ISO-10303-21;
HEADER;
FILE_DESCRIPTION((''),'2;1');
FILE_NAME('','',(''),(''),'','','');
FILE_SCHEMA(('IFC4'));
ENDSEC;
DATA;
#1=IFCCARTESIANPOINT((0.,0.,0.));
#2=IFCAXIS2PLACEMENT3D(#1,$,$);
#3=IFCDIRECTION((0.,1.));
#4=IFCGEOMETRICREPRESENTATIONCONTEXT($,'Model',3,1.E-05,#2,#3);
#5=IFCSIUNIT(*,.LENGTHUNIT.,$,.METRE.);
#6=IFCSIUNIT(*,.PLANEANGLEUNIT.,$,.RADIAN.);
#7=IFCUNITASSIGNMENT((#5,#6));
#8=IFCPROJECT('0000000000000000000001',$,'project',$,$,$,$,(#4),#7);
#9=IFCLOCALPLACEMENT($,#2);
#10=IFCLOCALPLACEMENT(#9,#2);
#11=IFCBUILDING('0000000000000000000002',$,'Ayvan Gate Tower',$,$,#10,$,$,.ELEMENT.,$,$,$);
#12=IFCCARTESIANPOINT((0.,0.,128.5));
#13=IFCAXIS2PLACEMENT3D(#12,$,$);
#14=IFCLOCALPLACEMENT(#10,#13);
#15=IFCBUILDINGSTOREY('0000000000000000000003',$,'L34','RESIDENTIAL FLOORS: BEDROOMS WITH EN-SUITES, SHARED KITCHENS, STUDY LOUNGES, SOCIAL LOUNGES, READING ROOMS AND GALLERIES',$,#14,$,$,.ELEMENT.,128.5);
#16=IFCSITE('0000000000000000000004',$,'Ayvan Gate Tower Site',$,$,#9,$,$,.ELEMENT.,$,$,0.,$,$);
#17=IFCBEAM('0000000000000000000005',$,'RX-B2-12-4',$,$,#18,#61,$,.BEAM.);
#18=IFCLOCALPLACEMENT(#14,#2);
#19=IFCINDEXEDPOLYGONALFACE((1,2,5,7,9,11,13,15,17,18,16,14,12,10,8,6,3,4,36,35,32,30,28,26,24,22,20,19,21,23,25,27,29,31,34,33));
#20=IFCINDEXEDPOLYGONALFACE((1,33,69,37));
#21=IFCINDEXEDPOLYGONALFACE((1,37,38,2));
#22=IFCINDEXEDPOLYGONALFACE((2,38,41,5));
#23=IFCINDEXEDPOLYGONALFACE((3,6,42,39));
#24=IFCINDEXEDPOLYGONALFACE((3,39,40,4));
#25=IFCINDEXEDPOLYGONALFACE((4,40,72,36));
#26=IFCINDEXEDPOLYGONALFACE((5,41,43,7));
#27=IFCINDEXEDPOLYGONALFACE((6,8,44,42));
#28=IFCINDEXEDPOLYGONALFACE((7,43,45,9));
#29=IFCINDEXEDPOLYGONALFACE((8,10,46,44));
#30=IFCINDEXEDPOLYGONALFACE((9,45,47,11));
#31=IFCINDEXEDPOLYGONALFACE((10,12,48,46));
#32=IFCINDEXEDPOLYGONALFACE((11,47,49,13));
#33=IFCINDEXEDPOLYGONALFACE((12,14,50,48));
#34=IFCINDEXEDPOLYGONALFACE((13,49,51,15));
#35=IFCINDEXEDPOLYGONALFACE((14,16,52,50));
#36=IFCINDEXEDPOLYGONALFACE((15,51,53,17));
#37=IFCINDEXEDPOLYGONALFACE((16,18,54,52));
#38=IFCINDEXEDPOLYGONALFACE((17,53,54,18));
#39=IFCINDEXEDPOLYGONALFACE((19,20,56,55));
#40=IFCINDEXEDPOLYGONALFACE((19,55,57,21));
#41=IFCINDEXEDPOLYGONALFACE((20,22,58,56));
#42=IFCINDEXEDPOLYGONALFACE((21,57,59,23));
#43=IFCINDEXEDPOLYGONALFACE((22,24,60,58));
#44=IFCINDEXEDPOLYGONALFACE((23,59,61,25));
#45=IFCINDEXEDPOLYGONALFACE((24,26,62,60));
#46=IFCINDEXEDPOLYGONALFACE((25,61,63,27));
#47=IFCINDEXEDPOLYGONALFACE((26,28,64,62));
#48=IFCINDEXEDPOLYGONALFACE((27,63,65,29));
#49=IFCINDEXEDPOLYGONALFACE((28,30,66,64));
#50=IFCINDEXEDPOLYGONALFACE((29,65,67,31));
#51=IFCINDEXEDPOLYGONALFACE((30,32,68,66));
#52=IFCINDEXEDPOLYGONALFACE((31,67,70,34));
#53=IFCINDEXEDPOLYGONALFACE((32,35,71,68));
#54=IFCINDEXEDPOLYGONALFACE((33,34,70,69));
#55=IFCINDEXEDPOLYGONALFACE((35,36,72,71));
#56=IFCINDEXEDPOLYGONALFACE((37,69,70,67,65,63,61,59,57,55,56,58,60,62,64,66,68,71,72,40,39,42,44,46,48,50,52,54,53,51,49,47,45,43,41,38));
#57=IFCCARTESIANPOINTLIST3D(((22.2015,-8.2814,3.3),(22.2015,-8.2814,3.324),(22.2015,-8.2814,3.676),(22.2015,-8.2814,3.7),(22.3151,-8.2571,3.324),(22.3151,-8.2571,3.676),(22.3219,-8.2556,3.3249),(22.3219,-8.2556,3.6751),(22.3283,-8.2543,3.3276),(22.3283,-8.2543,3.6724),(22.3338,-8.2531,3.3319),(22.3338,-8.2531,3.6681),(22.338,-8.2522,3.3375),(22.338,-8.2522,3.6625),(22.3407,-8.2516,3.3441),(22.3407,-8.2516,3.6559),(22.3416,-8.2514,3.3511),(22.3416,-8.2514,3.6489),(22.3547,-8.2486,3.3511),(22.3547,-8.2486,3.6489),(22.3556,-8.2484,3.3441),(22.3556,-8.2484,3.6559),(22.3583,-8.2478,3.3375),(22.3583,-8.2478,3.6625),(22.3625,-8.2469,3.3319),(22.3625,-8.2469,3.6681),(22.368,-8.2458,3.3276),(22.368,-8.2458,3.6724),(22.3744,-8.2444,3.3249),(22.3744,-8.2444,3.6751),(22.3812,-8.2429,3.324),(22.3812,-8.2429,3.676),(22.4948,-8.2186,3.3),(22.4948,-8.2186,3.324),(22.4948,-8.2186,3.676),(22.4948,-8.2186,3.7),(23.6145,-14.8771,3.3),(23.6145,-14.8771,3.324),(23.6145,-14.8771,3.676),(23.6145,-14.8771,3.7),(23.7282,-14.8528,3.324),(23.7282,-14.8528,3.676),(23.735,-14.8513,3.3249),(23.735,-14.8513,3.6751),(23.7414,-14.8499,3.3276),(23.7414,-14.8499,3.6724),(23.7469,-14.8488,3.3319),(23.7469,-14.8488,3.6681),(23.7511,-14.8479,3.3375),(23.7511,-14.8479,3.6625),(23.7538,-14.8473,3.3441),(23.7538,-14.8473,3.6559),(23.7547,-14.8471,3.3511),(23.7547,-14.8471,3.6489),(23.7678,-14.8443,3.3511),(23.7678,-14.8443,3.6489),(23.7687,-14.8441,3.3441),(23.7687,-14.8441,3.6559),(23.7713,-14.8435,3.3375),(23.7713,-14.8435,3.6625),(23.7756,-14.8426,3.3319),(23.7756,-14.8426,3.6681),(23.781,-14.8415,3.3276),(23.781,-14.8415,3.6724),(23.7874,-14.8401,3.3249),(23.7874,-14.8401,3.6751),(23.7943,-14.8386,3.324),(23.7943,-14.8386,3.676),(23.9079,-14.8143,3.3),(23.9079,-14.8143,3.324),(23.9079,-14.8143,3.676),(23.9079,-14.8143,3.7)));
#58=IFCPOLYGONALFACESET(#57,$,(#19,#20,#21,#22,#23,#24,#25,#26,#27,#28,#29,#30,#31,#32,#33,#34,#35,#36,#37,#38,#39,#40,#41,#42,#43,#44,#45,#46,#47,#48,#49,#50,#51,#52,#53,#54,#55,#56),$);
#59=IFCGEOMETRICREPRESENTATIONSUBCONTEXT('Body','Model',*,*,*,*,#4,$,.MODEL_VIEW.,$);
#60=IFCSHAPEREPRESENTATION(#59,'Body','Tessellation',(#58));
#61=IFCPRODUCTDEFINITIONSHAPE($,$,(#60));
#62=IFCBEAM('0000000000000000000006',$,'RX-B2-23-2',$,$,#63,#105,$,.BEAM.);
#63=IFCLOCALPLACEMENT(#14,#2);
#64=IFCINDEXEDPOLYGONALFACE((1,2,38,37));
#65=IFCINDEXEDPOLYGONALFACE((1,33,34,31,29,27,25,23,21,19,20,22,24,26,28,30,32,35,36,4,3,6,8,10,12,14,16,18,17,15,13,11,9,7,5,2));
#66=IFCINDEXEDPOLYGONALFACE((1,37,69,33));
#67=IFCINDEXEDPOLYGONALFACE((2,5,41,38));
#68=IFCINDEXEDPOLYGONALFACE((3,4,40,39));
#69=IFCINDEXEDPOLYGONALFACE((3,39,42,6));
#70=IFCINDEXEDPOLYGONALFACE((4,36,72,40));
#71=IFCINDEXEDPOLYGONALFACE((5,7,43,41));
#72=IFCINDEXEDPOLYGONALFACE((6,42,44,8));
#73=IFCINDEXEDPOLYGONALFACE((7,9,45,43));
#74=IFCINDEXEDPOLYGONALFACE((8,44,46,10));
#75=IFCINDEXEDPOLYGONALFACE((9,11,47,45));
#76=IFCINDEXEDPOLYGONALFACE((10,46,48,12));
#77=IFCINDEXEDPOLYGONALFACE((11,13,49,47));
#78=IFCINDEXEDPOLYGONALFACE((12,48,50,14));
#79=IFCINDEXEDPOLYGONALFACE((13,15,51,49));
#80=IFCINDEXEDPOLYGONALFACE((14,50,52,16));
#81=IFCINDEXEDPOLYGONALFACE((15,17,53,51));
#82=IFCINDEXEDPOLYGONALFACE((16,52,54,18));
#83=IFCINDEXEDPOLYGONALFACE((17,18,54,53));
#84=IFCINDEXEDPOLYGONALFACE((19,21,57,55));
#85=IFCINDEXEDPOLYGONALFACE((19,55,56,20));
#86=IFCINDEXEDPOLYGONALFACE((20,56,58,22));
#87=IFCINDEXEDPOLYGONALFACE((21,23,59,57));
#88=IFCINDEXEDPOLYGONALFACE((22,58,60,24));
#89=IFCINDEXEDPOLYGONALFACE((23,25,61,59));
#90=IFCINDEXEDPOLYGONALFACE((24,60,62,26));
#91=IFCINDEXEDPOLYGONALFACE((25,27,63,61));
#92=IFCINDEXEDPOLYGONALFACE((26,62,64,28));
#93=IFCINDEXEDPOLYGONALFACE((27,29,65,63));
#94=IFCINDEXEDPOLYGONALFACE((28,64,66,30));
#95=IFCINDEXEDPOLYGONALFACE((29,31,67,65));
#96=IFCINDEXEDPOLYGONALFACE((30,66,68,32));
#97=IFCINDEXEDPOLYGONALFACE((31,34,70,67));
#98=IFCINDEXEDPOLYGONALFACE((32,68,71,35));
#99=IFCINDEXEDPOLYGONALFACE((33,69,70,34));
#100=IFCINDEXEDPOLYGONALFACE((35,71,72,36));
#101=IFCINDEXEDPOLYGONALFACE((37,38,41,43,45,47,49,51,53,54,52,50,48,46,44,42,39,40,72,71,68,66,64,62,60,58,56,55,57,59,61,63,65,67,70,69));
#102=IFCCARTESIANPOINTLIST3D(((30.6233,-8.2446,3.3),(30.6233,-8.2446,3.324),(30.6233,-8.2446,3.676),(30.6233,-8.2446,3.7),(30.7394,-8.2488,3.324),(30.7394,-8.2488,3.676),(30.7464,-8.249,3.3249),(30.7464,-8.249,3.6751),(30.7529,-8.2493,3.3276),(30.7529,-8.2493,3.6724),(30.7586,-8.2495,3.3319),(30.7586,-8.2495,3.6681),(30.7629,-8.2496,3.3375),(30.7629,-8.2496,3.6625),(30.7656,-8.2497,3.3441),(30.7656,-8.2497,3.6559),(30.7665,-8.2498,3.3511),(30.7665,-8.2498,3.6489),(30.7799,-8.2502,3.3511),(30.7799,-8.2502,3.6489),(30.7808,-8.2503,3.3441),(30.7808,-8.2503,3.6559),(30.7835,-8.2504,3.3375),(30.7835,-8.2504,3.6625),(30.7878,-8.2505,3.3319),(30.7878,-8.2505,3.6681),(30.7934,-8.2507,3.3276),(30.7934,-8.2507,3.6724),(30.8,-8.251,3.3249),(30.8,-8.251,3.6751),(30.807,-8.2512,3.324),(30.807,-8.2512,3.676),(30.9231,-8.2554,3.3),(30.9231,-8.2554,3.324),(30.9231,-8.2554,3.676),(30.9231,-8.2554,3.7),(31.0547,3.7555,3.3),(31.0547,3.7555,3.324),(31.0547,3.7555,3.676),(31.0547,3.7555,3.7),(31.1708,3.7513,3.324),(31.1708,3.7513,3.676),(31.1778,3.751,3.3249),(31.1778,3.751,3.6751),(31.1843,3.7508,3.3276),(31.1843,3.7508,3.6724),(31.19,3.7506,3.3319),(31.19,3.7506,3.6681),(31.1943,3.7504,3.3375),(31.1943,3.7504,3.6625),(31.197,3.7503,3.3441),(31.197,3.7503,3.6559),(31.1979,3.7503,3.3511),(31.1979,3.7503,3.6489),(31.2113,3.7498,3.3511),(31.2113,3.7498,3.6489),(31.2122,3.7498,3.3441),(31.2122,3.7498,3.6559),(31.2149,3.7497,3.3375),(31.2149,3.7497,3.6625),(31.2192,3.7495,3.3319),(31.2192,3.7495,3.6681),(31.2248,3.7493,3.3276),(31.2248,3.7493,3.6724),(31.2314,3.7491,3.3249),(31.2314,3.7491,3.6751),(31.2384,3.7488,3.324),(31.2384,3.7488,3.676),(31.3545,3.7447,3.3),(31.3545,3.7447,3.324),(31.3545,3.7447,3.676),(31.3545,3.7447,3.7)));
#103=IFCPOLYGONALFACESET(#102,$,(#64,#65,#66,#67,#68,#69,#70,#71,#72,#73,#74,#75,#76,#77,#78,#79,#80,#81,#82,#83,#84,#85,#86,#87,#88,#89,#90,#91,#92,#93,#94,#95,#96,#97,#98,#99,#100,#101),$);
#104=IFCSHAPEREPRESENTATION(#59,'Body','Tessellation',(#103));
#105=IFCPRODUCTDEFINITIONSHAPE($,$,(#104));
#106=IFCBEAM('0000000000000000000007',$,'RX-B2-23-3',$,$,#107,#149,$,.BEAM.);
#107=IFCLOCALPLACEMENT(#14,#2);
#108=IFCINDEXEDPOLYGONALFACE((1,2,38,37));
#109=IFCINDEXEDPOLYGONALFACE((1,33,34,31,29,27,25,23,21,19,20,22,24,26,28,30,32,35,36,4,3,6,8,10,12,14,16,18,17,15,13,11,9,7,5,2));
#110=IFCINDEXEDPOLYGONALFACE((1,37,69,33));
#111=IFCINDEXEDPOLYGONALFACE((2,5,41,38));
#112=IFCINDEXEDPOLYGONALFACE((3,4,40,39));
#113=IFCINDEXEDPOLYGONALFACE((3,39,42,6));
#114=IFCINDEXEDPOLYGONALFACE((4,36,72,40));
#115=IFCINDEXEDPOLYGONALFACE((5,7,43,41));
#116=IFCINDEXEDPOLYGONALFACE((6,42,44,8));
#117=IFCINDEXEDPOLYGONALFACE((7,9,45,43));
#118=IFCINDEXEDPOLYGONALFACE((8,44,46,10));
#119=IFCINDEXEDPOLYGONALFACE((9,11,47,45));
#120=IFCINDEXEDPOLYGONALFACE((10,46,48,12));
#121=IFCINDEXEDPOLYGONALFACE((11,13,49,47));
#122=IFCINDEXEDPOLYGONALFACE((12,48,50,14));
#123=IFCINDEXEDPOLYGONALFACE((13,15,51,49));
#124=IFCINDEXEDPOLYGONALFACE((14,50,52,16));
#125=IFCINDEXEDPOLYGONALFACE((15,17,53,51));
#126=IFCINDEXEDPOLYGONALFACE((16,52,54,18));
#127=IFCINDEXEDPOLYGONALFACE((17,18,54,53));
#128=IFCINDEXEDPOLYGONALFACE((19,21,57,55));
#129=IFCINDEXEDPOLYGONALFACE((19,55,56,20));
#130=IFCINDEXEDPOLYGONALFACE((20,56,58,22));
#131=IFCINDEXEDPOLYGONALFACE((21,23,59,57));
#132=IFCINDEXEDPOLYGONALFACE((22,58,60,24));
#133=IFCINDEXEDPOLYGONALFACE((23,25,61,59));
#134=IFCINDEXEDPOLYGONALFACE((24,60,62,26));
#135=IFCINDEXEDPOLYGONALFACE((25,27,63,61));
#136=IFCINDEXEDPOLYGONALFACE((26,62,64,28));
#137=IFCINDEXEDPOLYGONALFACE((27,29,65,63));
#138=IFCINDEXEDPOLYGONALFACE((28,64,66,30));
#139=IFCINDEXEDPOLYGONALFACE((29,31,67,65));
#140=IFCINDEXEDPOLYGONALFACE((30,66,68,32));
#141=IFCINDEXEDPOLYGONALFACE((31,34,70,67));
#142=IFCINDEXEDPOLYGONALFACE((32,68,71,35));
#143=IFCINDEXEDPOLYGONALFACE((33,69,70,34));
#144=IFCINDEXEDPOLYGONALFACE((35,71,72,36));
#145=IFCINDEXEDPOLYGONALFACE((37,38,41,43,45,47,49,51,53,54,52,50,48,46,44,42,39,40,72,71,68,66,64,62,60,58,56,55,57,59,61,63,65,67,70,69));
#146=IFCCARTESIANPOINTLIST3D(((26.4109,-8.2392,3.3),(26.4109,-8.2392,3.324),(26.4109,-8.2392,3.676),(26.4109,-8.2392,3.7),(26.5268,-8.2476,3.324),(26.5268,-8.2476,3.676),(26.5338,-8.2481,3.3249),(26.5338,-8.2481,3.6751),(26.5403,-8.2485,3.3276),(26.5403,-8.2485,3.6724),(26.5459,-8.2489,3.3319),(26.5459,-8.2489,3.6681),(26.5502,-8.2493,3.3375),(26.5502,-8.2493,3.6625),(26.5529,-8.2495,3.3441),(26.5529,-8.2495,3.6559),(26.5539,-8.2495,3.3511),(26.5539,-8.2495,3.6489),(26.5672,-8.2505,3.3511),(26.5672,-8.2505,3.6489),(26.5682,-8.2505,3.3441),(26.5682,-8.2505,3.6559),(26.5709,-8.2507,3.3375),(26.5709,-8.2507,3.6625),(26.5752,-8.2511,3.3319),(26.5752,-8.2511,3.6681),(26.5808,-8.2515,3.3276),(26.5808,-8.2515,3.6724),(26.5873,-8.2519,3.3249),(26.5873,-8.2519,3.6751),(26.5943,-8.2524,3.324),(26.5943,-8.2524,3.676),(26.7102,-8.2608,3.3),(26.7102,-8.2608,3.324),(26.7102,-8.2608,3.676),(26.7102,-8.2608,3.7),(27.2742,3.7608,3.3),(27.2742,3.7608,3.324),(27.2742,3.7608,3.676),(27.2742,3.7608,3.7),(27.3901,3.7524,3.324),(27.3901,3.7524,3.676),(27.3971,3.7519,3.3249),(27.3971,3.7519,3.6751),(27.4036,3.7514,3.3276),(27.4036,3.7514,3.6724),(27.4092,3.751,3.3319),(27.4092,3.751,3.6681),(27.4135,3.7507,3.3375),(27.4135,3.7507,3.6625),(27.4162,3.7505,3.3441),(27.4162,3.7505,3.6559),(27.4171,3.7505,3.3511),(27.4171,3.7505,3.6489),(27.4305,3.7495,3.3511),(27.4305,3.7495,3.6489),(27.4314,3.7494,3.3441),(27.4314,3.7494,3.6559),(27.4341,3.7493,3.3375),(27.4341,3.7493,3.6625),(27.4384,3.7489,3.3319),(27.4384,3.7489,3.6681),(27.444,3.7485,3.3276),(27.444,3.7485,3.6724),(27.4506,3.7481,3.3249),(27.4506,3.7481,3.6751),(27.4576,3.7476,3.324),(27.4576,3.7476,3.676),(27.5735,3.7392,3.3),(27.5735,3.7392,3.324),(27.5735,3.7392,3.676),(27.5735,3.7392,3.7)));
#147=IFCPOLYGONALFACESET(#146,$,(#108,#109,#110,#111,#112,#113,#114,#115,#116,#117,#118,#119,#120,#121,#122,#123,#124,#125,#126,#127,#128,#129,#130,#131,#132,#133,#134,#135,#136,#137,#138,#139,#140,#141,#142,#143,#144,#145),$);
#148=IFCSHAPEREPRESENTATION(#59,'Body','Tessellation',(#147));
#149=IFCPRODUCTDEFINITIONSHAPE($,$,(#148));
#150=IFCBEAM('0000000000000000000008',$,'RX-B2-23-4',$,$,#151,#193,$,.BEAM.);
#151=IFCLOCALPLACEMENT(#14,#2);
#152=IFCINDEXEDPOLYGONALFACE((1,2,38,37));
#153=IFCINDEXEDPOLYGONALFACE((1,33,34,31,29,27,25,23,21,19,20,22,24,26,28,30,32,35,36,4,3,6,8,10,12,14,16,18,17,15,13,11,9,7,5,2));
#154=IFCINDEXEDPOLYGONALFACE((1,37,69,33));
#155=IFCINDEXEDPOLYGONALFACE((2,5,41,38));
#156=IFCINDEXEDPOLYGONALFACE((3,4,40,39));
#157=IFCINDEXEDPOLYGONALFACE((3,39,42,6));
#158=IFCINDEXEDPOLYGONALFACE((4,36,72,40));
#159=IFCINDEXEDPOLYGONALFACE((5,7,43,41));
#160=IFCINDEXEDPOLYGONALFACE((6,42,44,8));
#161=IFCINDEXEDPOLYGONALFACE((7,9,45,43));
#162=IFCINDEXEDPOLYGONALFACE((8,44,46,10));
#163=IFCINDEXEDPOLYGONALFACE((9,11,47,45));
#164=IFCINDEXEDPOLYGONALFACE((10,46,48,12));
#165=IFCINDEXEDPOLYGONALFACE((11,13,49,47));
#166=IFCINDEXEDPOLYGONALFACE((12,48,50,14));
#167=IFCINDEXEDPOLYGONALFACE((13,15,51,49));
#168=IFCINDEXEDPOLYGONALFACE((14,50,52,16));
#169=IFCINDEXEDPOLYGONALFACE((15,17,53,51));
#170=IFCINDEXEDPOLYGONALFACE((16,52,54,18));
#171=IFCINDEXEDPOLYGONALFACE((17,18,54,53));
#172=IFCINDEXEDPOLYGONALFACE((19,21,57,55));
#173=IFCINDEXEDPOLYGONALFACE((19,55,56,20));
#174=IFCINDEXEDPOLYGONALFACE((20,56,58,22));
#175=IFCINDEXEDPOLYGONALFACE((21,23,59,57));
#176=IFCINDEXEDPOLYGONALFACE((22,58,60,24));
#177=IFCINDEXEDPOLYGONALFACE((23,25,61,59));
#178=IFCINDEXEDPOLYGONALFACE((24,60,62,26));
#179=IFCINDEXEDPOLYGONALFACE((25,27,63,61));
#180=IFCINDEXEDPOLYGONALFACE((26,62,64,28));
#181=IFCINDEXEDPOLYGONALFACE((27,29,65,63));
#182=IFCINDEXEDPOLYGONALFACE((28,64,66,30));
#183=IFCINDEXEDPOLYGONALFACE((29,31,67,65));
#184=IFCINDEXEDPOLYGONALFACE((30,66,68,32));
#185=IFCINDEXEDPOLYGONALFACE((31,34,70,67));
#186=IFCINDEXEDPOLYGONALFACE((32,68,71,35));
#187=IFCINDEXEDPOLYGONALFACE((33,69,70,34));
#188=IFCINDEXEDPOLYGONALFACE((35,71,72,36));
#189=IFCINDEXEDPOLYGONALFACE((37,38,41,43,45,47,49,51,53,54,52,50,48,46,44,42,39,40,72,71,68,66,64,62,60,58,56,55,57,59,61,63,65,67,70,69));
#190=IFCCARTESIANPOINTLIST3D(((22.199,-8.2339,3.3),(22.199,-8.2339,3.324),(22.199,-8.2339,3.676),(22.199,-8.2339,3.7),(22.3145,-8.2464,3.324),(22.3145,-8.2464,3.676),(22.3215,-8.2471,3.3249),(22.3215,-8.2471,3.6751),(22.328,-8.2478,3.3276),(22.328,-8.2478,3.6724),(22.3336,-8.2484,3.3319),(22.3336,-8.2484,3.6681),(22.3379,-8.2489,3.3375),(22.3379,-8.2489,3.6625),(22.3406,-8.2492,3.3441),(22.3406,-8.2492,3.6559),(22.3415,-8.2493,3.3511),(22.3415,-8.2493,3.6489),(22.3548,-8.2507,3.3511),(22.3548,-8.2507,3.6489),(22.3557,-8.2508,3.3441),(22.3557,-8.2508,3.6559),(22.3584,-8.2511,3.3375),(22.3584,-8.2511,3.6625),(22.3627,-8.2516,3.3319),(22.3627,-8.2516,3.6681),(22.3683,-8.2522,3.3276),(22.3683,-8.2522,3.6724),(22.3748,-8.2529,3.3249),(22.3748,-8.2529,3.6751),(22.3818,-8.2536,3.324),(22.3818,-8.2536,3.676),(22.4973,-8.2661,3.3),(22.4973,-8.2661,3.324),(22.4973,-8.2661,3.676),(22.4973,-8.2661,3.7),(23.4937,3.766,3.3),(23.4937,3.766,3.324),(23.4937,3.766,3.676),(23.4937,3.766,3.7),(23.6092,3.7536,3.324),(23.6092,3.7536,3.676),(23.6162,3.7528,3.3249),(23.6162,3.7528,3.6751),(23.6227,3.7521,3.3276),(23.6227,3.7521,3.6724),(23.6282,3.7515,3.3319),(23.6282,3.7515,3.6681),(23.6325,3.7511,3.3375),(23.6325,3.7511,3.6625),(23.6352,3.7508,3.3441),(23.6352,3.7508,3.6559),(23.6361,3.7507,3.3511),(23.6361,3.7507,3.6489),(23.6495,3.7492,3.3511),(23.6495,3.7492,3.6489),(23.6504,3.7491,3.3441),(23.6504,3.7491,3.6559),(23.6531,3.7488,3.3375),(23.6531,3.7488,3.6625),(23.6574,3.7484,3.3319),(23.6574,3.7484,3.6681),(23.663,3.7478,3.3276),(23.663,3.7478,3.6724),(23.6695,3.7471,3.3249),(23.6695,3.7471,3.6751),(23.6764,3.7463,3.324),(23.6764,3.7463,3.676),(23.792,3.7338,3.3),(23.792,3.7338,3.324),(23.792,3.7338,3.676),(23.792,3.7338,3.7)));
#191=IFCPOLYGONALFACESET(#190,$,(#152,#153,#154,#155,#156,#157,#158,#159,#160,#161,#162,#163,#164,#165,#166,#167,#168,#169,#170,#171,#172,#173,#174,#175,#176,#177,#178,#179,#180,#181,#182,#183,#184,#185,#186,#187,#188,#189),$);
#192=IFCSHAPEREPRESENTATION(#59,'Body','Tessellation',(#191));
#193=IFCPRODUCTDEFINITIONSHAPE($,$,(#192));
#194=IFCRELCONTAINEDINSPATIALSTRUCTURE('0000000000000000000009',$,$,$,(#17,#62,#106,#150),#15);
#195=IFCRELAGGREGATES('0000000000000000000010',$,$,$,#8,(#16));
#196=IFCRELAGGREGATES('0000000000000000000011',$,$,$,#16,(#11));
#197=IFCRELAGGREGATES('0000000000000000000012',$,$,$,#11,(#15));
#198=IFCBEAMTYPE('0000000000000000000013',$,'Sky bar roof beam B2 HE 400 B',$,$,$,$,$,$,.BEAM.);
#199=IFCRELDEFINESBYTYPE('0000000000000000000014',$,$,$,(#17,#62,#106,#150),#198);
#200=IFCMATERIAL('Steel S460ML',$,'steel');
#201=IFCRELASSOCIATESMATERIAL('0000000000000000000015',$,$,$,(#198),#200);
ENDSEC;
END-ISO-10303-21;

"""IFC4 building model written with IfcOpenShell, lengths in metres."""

from ifc_helpers import new_model, si_unit, direction, frame, origin, origin_2d, place, context, subcontext, project, spatial, i_section, extrude, material, material_profile, profile_set, type_object, element, save


model = new_model("IFC4")

# Units and contexts
model_context = context("Model", 3, precision=1e-05, world=origin(), true_north=direction((0.0, 1.0)))
body_context = subcontext(model_context, "Body", "Model", "MODEL_VIEW")
ifc_project = project(units=[si_unit("LENGTHUNIT", "METRE"), si_unit("PLANEANGLEUNIT", "RADIAN")], contexts=[model_context])

# Site, building, storey
site_placement = place(None, origin())
site = spatial("IfcSite", under=ifc_project, at=site_placement, Name="Ayvan Gate Tower Site", CompositionType="ELEMENT", RefElevation=0.0)
building_placement = place(site_placement, origin())
building = spatial("IfcBuilding", under=site, at=building_placement, Name="Ayvan Gate Tower", CompositionType="ELEMENT")
storey_placement = place(building_placement, frame((0.0, 0.0, 128.5)))
storey = spatial("IfcBuildingStorey", under=building, at=storey_placement, Name="L34", Description="RESIDENTIAL FLOORS: BEDROOMS WITH EN-SUITES, SHARED KITCHENS, STUDY LOUNGES, SOCIAL LOUNGES, READING ROOMS AND GALLERIES", CompositionType="ELEMENT", Elevation=128.5)

# Beams
ifc_material_1 = material(Name="Steel S460ML", Category="steel")
ifc_material_profile_1 = material_profile(ifc_material_1, i_section(OverallWidth=0.3, OverallDepth=0.3999, WebThickness=0.0134, FlangeThickness=0.0239, FilletRadius=0.0271, at=origin_2d()), Name="HE 400 B")
ifc_profile_set_1 = profile_set([ifc_material_profile_1], Name="Steel S460ML")
beam_type_1 = type_object("IfcBeamType", Name="Sky bar roof beam B2 HE 400 B", PredefinedType="BEAM", material=ifc_profile_set_1)
beam_1_placement = place(storey_placement, frame((23.7612, -14.8457, 3.5), z_axis=(-0.20949, 0.977811, 0.0), x_axis=(-0.977811, -0.20949, 0.0)))
element("IfcBeam", 1, at=beam_1_placement, inside=storey, type_object=beam_type_1, Name="RX-B2-12-4", PredefinedType="BEAM", context=body_context, shape_type="SweptSolid", body=[
    extrude(i_section(OverallWidth=0.3, OverallDepth=0.3999, WebThickness=0.0134, FlangeThickness=0.0239, FilletRadius=0.0271, at=origin_2d()), origin(), (0.0, 0.0, 1.0), 6.7454),
])
beam_2_placement = place(storey_placement, frame((30.7732, -8.25, 3.5), z_axis=(0.035926, 0.999354, 0.0), x_axis=(-0.999354, 0.035926, 0.0)))
element("IfcBeam", 2, at=beam_2_placement, inside=storey, type_object=beam_type_1, Name="RX-B2-23-2", PredefinedType="BEAM", context=body_context, shape_type="SweptSolid", body=[
    extrude(i_section(OverallWidth=0.3, OverallDepth=0.3999, WebThickness=0.0134, FlangeThickness=0.0239, FilletRadius=0.0271, at=origin_2d()), origin(), (0.0, 0.0, 1.0), 12.0078),
])
beam_3_placement = place(storey_placement, frame((26.5605, -8.25, 3.5), z_axis=(0.071755, 0.997422, 0.0), x_axis=(-0.997422, 0.071755, 0.0)))
element("IfcBeam", 3, at=beam_3_placement, inside=storey, type_object=beam_type_1, Name="RX-B2-23-3", PredefinedType="BEAM", context=body_context, shape_type="SweptSolid", body=[
    extrude(i_section(OverallWidth=0.3, OverallDepth=0.3999, WebThickness=0.0134, FlangeThickness=0.0239, FilletRadius=0.0271, at=origin_2d()), origin(), (0.0, 0.0, 1.0), 12.031),
])
beam_4_placement = place(storey_placement, frame((22.3481, -8.25, 3.5), z_axis=(0.107267, 0.99423, 0.0), x_axis=(-0.99423, 0.107267, 0.0)))
element("IfcBeam", 4, at=beam_4_placement, inside=storey, type_object=beam_type_1, Name="RX-B2-23-4", PredefinedType="BEAM", context=body_context, shape_type="SweptSolid", body=[
    extrude(i_section(OverallWidth=0.3, OverallDepth=0.3999, WebThickness=0.0134, FlangeThickness=0.0239, FilletRadius=0.0271, at=origin_2d()), origin(), (0.0, 0.0, 1.0), 12.0696),
])

save(model, "model.ifc")
